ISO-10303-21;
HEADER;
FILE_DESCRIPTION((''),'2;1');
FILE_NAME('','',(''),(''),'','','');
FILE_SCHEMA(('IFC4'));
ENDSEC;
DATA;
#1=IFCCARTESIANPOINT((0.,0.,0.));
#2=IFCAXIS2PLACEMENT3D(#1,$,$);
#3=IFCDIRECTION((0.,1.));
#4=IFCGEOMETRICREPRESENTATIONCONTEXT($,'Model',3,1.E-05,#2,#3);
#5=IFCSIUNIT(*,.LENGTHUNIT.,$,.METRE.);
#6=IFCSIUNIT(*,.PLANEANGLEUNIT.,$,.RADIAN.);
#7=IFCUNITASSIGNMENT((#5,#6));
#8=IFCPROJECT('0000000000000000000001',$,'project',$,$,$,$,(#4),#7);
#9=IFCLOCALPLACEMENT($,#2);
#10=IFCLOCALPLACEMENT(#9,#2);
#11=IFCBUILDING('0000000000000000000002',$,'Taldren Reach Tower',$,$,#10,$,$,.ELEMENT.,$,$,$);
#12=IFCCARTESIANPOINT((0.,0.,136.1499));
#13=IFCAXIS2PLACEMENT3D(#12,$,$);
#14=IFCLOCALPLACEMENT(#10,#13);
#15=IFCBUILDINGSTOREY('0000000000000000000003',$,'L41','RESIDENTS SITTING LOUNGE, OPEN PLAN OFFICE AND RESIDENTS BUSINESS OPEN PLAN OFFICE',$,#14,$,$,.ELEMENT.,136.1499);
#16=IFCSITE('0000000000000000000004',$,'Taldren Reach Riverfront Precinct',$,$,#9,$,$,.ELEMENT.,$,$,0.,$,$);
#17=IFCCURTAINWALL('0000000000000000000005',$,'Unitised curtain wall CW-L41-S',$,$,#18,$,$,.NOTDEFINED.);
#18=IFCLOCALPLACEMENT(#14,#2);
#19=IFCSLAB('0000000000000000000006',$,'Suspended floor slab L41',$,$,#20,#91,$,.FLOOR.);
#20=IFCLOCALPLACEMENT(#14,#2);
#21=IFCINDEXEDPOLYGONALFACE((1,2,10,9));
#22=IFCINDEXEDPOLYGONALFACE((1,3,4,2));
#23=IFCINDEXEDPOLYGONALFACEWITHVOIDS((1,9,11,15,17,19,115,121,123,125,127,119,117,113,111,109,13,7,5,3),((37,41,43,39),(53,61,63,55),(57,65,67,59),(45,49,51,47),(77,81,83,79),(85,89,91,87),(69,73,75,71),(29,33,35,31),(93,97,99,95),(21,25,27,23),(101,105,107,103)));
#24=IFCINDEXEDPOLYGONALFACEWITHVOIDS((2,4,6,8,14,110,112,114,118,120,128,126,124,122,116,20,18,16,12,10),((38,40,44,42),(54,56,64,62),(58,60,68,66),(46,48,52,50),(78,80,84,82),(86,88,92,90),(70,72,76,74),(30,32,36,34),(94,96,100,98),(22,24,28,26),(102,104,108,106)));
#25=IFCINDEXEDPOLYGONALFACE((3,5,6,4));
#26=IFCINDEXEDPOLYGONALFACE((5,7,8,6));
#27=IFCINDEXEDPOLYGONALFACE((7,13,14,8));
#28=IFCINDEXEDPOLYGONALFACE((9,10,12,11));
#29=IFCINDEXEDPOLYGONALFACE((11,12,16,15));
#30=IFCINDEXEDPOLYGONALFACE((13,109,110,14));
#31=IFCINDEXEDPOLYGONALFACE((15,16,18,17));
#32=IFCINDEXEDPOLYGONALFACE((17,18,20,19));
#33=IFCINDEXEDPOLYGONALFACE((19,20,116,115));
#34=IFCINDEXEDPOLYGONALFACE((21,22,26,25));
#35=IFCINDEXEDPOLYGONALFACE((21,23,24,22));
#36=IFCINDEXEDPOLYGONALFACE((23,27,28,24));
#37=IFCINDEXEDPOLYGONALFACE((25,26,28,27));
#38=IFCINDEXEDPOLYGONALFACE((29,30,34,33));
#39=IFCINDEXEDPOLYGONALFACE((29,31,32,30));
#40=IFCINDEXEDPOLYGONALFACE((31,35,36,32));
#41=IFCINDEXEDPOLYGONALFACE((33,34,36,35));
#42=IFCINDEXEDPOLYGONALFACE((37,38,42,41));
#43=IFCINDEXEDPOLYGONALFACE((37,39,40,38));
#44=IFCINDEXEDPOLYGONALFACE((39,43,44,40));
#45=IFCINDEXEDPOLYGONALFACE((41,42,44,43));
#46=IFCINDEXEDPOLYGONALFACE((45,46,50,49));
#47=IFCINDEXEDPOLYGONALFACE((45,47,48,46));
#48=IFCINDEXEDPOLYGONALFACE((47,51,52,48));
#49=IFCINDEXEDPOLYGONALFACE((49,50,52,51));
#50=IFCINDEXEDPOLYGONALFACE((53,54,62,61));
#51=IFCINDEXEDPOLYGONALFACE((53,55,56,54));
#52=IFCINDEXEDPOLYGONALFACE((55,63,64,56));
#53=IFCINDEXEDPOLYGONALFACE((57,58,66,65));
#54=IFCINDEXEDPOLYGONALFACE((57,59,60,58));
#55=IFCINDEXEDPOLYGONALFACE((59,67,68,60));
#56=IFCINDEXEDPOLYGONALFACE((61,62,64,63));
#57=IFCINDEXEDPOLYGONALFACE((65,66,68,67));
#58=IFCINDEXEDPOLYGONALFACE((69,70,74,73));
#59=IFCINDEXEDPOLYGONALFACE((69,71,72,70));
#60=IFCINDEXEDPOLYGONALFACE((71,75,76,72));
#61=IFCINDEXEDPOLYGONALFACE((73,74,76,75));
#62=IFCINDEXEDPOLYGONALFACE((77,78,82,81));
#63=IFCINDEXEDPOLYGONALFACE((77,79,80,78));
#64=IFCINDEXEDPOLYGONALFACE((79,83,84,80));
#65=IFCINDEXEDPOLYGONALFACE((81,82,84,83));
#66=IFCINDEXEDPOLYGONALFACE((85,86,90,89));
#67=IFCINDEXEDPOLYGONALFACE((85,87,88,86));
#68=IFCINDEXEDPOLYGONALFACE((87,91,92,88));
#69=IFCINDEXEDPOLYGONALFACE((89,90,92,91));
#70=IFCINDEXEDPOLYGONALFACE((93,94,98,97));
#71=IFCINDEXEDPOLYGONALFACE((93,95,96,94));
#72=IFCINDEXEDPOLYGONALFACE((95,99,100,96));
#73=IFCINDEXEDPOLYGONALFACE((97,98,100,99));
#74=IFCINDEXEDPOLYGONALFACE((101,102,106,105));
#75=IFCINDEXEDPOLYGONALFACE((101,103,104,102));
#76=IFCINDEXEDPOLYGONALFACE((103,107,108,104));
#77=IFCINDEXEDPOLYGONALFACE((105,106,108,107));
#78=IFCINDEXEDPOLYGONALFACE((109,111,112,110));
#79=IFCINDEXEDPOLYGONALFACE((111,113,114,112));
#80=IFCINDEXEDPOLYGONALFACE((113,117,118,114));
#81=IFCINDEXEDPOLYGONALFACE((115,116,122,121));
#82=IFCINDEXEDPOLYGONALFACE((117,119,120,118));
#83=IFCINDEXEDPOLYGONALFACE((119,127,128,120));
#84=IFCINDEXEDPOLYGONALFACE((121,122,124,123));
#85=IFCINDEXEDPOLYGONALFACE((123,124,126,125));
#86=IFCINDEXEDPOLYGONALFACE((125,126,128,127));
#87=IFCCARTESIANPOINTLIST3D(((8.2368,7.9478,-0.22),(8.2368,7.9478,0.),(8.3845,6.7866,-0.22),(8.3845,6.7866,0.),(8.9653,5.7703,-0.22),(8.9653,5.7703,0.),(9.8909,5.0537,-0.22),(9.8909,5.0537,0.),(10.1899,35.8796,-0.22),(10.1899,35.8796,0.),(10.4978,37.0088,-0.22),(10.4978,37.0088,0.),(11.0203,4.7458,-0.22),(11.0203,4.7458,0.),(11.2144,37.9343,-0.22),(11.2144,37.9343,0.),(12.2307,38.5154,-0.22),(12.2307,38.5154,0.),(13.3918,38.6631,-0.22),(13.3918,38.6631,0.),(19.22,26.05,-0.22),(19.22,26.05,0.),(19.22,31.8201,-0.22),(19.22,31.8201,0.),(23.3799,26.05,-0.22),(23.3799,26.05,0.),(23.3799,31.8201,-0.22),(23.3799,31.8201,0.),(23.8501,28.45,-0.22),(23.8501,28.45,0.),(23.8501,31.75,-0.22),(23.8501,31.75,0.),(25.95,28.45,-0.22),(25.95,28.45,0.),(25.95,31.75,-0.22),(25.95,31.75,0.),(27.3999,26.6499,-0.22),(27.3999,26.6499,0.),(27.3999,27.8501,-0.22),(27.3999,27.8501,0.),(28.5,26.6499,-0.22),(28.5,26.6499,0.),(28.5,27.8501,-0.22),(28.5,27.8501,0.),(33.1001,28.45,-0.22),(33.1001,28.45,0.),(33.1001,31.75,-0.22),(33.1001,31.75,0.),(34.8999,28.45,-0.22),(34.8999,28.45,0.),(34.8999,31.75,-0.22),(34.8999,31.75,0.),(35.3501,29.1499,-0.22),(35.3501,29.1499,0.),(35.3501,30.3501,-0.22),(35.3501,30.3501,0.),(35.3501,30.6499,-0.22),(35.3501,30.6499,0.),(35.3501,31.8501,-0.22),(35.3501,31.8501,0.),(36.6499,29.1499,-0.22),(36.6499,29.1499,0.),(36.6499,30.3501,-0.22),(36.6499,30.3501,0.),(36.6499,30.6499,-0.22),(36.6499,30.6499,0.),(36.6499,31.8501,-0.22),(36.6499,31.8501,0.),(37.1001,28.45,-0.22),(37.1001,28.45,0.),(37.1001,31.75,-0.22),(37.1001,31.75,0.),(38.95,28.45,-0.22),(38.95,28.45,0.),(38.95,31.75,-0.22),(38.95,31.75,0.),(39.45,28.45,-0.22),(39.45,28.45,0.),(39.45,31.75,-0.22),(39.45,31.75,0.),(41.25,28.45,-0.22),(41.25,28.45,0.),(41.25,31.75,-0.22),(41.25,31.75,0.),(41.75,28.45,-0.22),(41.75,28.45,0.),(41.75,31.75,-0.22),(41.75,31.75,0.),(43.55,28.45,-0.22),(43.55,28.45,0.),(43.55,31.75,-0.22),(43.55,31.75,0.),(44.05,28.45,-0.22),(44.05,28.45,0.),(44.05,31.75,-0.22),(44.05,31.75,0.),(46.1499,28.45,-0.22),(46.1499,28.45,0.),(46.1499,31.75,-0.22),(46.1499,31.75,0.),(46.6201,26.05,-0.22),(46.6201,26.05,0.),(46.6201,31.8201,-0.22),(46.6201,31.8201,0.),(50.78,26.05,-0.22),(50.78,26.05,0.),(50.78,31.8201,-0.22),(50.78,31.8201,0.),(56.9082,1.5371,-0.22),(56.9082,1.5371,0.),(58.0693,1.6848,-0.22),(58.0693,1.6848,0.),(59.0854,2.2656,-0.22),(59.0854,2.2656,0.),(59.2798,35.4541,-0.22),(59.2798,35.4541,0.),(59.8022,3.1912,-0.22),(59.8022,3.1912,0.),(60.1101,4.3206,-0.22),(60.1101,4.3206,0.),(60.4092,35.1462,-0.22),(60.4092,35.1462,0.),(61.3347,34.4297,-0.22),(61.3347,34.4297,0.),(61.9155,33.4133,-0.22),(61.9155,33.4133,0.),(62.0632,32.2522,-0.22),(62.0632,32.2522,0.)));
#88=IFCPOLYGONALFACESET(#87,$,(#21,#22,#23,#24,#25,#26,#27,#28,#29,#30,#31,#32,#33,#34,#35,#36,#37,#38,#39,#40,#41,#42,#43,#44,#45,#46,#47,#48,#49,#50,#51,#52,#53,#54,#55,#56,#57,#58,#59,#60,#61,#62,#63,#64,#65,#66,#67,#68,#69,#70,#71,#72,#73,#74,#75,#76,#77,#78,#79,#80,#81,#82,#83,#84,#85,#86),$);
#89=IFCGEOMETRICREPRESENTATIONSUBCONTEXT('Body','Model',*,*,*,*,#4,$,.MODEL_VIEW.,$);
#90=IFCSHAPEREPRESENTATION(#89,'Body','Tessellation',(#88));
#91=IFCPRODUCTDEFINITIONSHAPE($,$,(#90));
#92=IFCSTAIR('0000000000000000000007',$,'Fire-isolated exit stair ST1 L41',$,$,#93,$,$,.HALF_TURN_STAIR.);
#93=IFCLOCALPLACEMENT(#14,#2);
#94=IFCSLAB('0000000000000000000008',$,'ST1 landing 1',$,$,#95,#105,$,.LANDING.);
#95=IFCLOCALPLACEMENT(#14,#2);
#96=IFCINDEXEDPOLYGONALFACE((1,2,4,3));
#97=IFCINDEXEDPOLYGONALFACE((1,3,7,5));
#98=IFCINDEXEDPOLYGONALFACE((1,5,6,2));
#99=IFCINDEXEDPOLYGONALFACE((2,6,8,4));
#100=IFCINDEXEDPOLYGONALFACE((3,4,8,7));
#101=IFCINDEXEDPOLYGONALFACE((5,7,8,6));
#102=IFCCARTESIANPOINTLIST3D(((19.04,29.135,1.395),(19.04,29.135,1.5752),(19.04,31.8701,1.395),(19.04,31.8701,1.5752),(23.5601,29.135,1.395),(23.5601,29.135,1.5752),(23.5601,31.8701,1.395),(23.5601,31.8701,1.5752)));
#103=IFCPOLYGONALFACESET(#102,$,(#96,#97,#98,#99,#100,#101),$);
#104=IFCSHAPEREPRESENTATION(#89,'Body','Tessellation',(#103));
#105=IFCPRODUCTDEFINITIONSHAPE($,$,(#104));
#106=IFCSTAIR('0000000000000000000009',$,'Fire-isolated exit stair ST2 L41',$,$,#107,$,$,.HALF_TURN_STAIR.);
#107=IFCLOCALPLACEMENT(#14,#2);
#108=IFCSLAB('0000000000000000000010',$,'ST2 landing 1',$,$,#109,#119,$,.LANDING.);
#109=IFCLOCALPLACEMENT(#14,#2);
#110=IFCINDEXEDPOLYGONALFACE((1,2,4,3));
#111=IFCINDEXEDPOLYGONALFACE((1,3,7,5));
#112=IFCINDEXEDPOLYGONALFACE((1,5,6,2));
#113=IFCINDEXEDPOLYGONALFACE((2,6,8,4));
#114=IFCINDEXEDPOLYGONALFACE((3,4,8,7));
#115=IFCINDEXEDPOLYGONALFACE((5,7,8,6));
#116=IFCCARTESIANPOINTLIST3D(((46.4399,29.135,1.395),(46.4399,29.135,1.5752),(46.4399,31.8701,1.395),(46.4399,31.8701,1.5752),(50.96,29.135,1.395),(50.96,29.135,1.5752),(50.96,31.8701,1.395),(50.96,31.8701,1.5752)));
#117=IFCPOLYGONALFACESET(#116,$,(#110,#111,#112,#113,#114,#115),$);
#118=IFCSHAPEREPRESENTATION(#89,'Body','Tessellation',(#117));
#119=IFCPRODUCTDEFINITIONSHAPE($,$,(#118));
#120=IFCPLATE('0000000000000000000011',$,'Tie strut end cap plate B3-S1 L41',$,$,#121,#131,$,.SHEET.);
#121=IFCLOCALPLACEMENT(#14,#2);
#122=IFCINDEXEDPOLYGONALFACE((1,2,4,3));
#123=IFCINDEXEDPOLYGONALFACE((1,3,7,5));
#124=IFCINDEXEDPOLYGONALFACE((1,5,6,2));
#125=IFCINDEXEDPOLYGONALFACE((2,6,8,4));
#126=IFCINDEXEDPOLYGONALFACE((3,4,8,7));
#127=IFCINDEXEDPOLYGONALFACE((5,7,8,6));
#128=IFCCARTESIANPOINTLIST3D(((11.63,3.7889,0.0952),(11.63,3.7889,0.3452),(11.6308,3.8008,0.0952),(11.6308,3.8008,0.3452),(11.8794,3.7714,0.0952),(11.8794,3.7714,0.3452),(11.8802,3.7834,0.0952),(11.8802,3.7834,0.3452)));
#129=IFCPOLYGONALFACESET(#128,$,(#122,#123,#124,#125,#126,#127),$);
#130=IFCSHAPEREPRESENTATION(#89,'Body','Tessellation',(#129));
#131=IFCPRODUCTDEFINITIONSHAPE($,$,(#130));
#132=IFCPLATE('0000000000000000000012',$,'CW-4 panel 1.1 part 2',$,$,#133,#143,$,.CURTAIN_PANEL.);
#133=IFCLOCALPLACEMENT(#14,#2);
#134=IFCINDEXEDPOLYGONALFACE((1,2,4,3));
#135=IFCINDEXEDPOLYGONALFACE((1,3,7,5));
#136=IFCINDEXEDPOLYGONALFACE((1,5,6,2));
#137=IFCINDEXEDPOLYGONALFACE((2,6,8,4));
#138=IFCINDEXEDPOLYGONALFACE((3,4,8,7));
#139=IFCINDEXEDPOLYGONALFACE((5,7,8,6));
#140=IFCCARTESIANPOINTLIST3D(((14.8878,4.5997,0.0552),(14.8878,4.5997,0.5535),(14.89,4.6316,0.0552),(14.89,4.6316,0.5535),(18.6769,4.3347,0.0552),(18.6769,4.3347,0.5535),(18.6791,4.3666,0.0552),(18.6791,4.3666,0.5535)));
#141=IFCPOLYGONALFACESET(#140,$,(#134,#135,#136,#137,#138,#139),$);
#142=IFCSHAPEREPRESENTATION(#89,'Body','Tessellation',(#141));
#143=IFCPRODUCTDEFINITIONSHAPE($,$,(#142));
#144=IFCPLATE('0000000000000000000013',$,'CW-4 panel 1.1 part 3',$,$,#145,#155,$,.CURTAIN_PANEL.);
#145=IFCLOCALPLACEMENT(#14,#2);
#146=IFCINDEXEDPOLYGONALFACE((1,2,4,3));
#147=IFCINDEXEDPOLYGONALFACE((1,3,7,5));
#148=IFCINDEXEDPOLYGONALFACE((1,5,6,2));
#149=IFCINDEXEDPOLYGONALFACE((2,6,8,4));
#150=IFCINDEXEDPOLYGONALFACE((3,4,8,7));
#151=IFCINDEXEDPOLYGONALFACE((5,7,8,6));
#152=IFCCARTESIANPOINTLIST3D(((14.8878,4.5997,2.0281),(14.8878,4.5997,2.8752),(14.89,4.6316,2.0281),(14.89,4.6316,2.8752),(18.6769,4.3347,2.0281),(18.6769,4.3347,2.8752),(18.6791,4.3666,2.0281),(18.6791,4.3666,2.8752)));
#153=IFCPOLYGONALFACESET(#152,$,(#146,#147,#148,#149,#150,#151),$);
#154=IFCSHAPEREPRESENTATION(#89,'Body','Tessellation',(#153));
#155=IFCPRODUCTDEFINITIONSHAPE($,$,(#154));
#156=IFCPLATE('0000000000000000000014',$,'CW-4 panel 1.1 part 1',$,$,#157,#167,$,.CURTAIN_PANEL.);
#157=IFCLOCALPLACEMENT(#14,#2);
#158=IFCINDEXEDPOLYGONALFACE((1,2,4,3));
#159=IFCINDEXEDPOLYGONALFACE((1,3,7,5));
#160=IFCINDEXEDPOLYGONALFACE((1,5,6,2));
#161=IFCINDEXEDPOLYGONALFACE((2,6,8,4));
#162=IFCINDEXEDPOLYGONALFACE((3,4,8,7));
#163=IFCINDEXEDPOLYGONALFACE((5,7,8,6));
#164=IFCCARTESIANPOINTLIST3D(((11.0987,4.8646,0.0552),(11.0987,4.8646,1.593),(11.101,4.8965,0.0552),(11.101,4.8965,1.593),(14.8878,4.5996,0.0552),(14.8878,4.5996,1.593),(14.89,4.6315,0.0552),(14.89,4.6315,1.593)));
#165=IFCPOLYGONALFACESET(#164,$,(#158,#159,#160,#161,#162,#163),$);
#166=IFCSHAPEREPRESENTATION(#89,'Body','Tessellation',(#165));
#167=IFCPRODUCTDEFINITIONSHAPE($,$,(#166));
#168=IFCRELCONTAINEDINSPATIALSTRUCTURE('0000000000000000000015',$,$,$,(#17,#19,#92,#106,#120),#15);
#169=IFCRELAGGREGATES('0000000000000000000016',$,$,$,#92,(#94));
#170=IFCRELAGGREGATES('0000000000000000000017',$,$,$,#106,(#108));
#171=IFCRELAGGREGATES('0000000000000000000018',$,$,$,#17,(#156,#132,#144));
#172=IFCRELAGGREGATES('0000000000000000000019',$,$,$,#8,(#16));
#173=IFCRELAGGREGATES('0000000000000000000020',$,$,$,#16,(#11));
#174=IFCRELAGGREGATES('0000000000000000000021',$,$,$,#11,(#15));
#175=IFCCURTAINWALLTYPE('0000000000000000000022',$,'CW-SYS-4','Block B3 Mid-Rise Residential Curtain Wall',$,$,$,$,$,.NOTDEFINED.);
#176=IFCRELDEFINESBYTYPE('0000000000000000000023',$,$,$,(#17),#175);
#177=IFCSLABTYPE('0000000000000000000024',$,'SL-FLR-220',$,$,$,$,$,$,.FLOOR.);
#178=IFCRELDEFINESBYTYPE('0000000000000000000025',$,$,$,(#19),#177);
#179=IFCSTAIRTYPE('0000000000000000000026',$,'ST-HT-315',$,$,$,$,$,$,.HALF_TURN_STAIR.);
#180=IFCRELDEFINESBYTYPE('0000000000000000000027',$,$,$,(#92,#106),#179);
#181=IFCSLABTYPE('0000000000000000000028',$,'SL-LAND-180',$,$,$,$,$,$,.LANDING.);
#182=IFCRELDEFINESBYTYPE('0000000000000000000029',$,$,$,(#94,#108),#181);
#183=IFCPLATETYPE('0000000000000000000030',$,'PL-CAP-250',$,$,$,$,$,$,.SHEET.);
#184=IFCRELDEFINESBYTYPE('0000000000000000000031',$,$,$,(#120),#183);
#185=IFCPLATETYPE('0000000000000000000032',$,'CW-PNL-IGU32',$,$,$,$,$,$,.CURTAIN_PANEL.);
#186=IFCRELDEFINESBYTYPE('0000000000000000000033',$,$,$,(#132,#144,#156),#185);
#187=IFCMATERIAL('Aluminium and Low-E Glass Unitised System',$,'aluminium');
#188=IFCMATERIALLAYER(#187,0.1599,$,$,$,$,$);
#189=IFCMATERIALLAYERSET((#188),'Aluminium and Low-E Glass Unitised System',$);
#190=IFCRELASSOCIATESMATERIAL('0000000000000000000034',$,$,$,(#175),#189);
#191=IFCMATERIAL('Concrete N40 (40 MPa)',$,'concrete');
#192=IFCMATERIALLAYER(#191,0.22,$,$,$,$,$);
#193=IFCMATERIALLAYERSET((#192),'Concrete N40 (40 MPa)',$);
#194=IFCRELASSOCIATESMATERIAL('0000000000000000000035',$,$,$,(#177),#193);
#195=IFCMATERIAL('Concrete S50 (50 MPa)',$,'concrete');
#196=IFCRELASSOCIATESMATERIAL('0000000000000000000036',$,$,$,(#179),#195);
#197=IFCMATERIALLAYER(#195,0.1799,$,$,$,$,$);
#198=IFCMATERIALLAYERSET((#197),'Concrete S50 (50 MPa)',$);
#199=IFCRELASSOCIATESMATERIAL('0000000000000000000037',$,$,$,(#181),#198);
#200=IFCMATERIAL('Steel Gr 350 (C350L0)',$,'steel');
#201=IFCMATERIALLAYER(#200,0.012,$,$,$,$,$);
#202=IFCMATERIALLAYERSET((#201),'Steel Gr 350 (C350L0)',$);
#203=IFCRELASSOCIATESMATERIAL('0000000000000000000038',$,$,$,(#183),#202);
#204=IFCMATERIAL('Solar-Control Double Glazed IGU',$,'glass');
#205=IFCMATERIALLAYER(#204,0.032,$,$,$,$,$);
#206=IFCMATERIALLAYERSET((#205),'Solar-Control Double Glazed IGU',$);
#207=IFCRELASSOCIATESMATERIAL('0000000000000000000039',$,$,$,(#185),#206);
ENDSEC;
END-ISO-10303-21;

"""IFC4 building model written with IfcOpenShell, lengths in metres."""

from ifc_helpers import new_model, si_unit, direction, frame, origin, origin_2d, place, context, subcontext, project, spatial, polyline, rectangle, outline, extrude, source, transform, mapped, material, layer, layer_set, type_object, element, aggregate, save


model = new_model("IFC4")

# Units and contexts
model_context = context("Model", 3, precision=1e-05, world=origin(), true_north=direction((0.0, 1.0)))
body_context = subcontext(model_context, "Body", "Model", "MODEL_VIEW")
ifc_project = project(units=[si_unit("LENGTHUNIT", "METRE"), si_unit("PLANEANGLEUNIT", "RADIAN")], contexts=[model_context])

# Site, building, storey
site_placement = place(None, origin())
site = spatial("IfcSite", under=ifc_project, at=site_placement, Name="Taldren Reach Riverfront Precinct", CompositionType="ELEMENT", RefElevation=0.0)
building_placement = place(site_placement, origin())
building = spatial("IfcBuilding", under=site, at=building_placement, Name="Taldren Reach Tower", CompositionType="ELEMENT")
storey_placement = place(building_placement, frame((0.0, 0.0, 136.1499)))
storey = spatial("IfcBuildingStorey", under=building, at=storey_placement, Name="L41", Description="RESIDENTS SITTING LOUNGE, OPEN PLAN OFFICE AND RESIDENTS BUSINESS OPEN PLAN OFFICE", CompositionType="ELEMENT", Elevation=136.1499)

# Shared definitions
ifc_material_1 = material(Name="Steel Gr 350 (C350L0)", Category="steel")

# Curtain wall
ifc_material_2 = material(Name="Aluminium and Low-E Glass Unitised System", Category="aluminium")
ifc_layer_1 = layer(ifc_material_2, 0.1599)
ifc_layer_set_1 = layer_set([ifc_layer_1], Name="Aluminium and Low-E Glass Unitised System")
curtain_wall_type = type_object("IfcCurtainWallType", Name="CW-SYS-4", Description="Block B3 Mid-Rise Residential Curtain Wall", PredefinedType="NOTDEFINED", material=ifc_layer_set_1)
curtain_wall_1_placement = place(storey_placement, origin())
curtain_wall_1 = element("IfcCurtainWall", 1, at=curtain_wall_1_placement, inside=storey, type_object=curtain_wall_type, Name="Unitised curtain wall CW-L41-S", PredefinedType="NOTDEFINED")

# Slab
ifc_material_3 = material(Name="Concrete N40 (40 MPa)", Category="concrete")
ifc_layer_2 = layer(ifc_material_3, 0.22)
ifc_layer_set_2 = layer_set([ifc_layer_2], Name="Concrete N40 (40 MPa)")
slab_type_1 = type_object("IfcSlabType", Name="SL-FLR-220", PredefinedType="FLOOR", material=ifc_layer_set_2)
slab_1_placement = place(storey_placement, frame((0.0, 0.0, -0.22)))
element("IfcSlab", 2, at=slab_1_placement, inside=storey, type_object=slab_type_1, Name="Suspended floor slab L41", PredefinedType="FLOOR", context=body_context, shape_type="SweptSolid", body=[
    extrude(outline(polyline([(56.9082, 1.5371), (58.0693, 1.6848), (59.0854, 2.2656), (59.8022, 3.1912), (60.1101, 4.3206), (62.0632, 32.2522), (61.9155, 33.4133), (61.3347, 34.4297), (60.4092, 35.1462), (59.2798, 35.4541), (13.3918, 38.6631), (12.2307, 38.5154), (11.2144, 37.9343), (10.4978, 37.0088), (10.1899, 35.8796), (8.2368, 7.9478), (8.3845, 6.7866), (8.9653, 5.7703), (9.8909, 5.0537), (11.0203, 4.7458), (56.9082, 1.5371)]), holes=[polyline([(19.22, 26.05), (23.3799, 26.05), (23.3799, 31.8201), (19.22, 31.8201), (19.22, 26.05)]), polyline([(46.6201, 26.05), (50.78, 26.05), (50.78, 31.8201), (46.6201, 31.8201), (46.6201, 26.05)]), polyline([(23.8501, 28.45), (25.95, 28.45), (25.95, 31.75), (23.8501, 31.75), (23.8501, 28.45)]), polyline([(44.05, 28.45), (46.1499, 28.45), (46.1499, 31.75), (44.05, 31.75), (44.05, 28.45)]), polyline([(33.1001, 28.45), (34.8999, 28.45), (34.8999, 31.75), (33.1001, 31.75), (33.1001, 28.45)]), polyline([(37.1001, 28.45), (38.95, 28.45), (38.95, 31.75), (37.1001, 31.75), (37.1001, 28.45)]), polyline([(39.45, 28.45), (41.25, 28.45), (41.25, 31.75), (39.45, 31.75), (39.45, 28.45)]), polyline([(41.75, 28.45), (43.55, 28.45), (43.55, 31.75), (41.75, 31.75), (41.75, 28.45)]), polyline([(35.3501, 30.6499), (36.6499, 30.6499), (36.6499, 31.8501), (35.3501, 31.8501), (35.3501, 30.6499)]), polyline([(35.3501, 29.1499), (36.6499, 29.1499), (36.6499, 30.3501), (35.3501, 30.3501), (35.3501, 29.1499)]), polyline([(27.3999, 26.6499), (28.5, 26.6499), (28.5, 27.8501), (27.3999, 27.8501), (27.3999, 26.6499)])]), origin(), (0.0, 0.0, 1.0), 0.22),
])

# Stairs, slabs
ifc_material_4 = material(Name="Concrete S50 (50 MPa)", Category="concrete")
stair_type = type_object("IfcStairType", Name="ST-HT-315", PredefinedType="HALF_TURN_STAIR", material=ifc_material_4)
stair_1_placement = place(storey_placement, origin())
stair_1 = element("IfcStair", 3, at=stair_1_placement, inside=storey, type_object=stair_type, Name="Fire-isolated exit stair ST1 L41", PredefinedType="HALF_TURN_STAIR")
ifc_layer_3 = layer(ifc_material_4, 0.1799)
ifc_layer_set_3 = layer_set([ifc_layer_3], Name="Concrete S50 (50 MPa)")
slab_type_2 = type_object("IfcSlabType", Name="SL-LAND-180", PredefinedType="LANDING", material=ifc_layer_set_3)
slab_2_placement = place(storey_placement, frame((0.0, 0.0, 1.395)))
slab_2 = element("IfcSlab", 4, at=slab_2_placement, type_object=slab_type_2, Name="ST1 landing 1", PredefinedType="LANDING", context=body_context, shape_type="SweptSolid", body=[
    extrude(outline(polyline([(19.04, 29.135), (23.5601, 29.135), (23.5601, 31.8701), (19.04, 31.8701), (19.04, 29.135)])), origin(), (0.0, 0.0, 1.0), 0.1802),
])
aggregate(stair_1, [slab_2])
stair_2_placement = place(storey_placement, origin())
stair_2 = element("IfcStair", 5, at=stair_2_placement, inside=storey, type_object=stair_type, Name="Fire-isolated exit stair ST2 L41", PredefinedType="HALF_TURN_STAIR")
slab_3_placement = place(storey_placement, frame((0.0, 0.0, 1.395)))
slab_3 = element("IfcSlab", 6, at=slab_3_placement, type_object=slab_type_2, Name="ST2 landing 1", PredefinedType="LANDING", context=body_context, shape_type="SweptSolid", body=[
    extrude(outline(polyline([(46.4399, 29.135), (50.96, 29.135), (50.96, 31.8701), (46.4399, 31.8701), (46.4399, 29.135)])), origin(), (0.0, 0.0, 1.0), 0.1802),
])
aggregate(stair_2, [slab_3])

# Plates
ifc_layer_4 = layer(ifc_material_1, 0.012)
ifc_layer_set_4 = layer_set([ifc_layer_4], Name="Steel Gr 350 (C350L0)")
plate_type_1 = type_object("IfcPlateType", Name="PL-CAP-250", PredefinedType="SHEET", material=ifc_layer_set_4)
shared_shape_1 = source(origin(), body_context, "Body", "SweptSolid", [
    extrude(rectangle(XDim=0.25, YDim=0.012, at=origin_2d()), origin(), (0.0, 0.0, 1.0), 0.25),
])
plate_1_placement = place(storey_placement, frame((11.7551, 3.7861, 0.0952), z_axis=(0.0, 0.0, 1.0), x_axis=(0.997564, -0.069756, 0.0)))
element("IfcPlate", 7, at=plate_1_placement, inside=storey, type_object=plate_type_1, Name="Tie strut end cap plate B3-S1 L41", PredefinedType="SHEET", context=body_context, shape_type="MappedRepresentation", body=[
    mapped(shared_shape_1, transform((0.0, 0.0, 0.0), scale=1.0)),
])
ifc_material_5 = material(Name="Solar-Control Double Glazed IGU", Category="glass")
ifc_layer_5 = layer(ifc_material_5, 0.032)
ifc_layer_set_5 = layer_set([ifc_layer_5], Name="Solar-Control Double Glazed IGU")
plate_type_2 = type_object("IfcPlateType", Name="CW-PNL-IGU32", PredefinedType="CURTAIN_PANEL", material=ifc_layer_set_5)
shared_shape_2 = source(origin(), body_context, "Body", "SweptSolid", [
    extrude(rectangle(XDim=3.7983, YDim=0.032, at=origin_2d()), origin(), (0.0, 0.0, 1.0), 0.4983),
])
plate_2_placement = place(storey_placement, frame((16.7834, 4.4832, 0.0552), z_axis=(0.0, 0.0, 1.0), x_axis=(0.997564, -0.069757, 0.0)))
plate_2 = element("IfcPlate", 8, at=plate_2_placement, type_object=plate_type_2, Name="CW-4 panel 1.1 part 2", PredefinedType="CURTAIN_PANEL", context=body_context, shape_type="MappedRepresentation", body=[
    mapped(shared_shape_2, transform((0.0, 0.0, 0.0), scale=1.0)),
])
shared_shape_3 = source(origin(), body_context, "Body", "SweptSolid", [
    extrude(rectangle(XDim=3.7983, YDim=0.032, at=origin_2d()), origin(), (0.0, 0.0, 1.0), 0.8472),
])
plate_3_placement = place(storey_placement, frame((16.7834, 4.4832, 2.0281), z_axis=(0.0, 0.0, 1.0), x_axis=(0.997564, -0.069757, 0.0)))
plate_3 = element("IfcPlate", 9, at=plate_3_placement, type_object=plate_type_2, Name="CW-4 panel 1.1 part 3", PredefinedType="CURTAIN_PANEL", context=body_context, shape_type="MappedRepresentation", body=[
    mapped(shared_shape_3, transform((0.0, 0.0, 0.0), scale=1.0)),
])
shared_shape_4 = source(origin(), body_context, "Body", "SweptSolid", [
    extrude(rectangle(XDim=3.7983, YDim=0.032, at=origin_2d()), origin(), (0.0, 0.0, 1.0), 1.5378),
])
plate_4_placement = place(storey_placement, frame((12.9944, 4.748, 0.0552), z_axis=(0.0, 0.0, 1.0), x_axis=(0.997564, -0.069757, 0.0)))
plate_4 = element("IfcPlate", 10, at=plate_4_placement, type_object=plate_type_2, Name="CW-4 panel 1.1 part 1", PredefinedType="CURTAIN_PANEL", context=body_context, shape_type="MappedRepresentation", body=[
    mapped(shared_shape_4, transform((0.0, 0.0, 0.0), scale=1.0)),
])
aggregate(curtain_wall_1, [plate_4, plate_2, plate_3])

save(model, "model.ifc")
